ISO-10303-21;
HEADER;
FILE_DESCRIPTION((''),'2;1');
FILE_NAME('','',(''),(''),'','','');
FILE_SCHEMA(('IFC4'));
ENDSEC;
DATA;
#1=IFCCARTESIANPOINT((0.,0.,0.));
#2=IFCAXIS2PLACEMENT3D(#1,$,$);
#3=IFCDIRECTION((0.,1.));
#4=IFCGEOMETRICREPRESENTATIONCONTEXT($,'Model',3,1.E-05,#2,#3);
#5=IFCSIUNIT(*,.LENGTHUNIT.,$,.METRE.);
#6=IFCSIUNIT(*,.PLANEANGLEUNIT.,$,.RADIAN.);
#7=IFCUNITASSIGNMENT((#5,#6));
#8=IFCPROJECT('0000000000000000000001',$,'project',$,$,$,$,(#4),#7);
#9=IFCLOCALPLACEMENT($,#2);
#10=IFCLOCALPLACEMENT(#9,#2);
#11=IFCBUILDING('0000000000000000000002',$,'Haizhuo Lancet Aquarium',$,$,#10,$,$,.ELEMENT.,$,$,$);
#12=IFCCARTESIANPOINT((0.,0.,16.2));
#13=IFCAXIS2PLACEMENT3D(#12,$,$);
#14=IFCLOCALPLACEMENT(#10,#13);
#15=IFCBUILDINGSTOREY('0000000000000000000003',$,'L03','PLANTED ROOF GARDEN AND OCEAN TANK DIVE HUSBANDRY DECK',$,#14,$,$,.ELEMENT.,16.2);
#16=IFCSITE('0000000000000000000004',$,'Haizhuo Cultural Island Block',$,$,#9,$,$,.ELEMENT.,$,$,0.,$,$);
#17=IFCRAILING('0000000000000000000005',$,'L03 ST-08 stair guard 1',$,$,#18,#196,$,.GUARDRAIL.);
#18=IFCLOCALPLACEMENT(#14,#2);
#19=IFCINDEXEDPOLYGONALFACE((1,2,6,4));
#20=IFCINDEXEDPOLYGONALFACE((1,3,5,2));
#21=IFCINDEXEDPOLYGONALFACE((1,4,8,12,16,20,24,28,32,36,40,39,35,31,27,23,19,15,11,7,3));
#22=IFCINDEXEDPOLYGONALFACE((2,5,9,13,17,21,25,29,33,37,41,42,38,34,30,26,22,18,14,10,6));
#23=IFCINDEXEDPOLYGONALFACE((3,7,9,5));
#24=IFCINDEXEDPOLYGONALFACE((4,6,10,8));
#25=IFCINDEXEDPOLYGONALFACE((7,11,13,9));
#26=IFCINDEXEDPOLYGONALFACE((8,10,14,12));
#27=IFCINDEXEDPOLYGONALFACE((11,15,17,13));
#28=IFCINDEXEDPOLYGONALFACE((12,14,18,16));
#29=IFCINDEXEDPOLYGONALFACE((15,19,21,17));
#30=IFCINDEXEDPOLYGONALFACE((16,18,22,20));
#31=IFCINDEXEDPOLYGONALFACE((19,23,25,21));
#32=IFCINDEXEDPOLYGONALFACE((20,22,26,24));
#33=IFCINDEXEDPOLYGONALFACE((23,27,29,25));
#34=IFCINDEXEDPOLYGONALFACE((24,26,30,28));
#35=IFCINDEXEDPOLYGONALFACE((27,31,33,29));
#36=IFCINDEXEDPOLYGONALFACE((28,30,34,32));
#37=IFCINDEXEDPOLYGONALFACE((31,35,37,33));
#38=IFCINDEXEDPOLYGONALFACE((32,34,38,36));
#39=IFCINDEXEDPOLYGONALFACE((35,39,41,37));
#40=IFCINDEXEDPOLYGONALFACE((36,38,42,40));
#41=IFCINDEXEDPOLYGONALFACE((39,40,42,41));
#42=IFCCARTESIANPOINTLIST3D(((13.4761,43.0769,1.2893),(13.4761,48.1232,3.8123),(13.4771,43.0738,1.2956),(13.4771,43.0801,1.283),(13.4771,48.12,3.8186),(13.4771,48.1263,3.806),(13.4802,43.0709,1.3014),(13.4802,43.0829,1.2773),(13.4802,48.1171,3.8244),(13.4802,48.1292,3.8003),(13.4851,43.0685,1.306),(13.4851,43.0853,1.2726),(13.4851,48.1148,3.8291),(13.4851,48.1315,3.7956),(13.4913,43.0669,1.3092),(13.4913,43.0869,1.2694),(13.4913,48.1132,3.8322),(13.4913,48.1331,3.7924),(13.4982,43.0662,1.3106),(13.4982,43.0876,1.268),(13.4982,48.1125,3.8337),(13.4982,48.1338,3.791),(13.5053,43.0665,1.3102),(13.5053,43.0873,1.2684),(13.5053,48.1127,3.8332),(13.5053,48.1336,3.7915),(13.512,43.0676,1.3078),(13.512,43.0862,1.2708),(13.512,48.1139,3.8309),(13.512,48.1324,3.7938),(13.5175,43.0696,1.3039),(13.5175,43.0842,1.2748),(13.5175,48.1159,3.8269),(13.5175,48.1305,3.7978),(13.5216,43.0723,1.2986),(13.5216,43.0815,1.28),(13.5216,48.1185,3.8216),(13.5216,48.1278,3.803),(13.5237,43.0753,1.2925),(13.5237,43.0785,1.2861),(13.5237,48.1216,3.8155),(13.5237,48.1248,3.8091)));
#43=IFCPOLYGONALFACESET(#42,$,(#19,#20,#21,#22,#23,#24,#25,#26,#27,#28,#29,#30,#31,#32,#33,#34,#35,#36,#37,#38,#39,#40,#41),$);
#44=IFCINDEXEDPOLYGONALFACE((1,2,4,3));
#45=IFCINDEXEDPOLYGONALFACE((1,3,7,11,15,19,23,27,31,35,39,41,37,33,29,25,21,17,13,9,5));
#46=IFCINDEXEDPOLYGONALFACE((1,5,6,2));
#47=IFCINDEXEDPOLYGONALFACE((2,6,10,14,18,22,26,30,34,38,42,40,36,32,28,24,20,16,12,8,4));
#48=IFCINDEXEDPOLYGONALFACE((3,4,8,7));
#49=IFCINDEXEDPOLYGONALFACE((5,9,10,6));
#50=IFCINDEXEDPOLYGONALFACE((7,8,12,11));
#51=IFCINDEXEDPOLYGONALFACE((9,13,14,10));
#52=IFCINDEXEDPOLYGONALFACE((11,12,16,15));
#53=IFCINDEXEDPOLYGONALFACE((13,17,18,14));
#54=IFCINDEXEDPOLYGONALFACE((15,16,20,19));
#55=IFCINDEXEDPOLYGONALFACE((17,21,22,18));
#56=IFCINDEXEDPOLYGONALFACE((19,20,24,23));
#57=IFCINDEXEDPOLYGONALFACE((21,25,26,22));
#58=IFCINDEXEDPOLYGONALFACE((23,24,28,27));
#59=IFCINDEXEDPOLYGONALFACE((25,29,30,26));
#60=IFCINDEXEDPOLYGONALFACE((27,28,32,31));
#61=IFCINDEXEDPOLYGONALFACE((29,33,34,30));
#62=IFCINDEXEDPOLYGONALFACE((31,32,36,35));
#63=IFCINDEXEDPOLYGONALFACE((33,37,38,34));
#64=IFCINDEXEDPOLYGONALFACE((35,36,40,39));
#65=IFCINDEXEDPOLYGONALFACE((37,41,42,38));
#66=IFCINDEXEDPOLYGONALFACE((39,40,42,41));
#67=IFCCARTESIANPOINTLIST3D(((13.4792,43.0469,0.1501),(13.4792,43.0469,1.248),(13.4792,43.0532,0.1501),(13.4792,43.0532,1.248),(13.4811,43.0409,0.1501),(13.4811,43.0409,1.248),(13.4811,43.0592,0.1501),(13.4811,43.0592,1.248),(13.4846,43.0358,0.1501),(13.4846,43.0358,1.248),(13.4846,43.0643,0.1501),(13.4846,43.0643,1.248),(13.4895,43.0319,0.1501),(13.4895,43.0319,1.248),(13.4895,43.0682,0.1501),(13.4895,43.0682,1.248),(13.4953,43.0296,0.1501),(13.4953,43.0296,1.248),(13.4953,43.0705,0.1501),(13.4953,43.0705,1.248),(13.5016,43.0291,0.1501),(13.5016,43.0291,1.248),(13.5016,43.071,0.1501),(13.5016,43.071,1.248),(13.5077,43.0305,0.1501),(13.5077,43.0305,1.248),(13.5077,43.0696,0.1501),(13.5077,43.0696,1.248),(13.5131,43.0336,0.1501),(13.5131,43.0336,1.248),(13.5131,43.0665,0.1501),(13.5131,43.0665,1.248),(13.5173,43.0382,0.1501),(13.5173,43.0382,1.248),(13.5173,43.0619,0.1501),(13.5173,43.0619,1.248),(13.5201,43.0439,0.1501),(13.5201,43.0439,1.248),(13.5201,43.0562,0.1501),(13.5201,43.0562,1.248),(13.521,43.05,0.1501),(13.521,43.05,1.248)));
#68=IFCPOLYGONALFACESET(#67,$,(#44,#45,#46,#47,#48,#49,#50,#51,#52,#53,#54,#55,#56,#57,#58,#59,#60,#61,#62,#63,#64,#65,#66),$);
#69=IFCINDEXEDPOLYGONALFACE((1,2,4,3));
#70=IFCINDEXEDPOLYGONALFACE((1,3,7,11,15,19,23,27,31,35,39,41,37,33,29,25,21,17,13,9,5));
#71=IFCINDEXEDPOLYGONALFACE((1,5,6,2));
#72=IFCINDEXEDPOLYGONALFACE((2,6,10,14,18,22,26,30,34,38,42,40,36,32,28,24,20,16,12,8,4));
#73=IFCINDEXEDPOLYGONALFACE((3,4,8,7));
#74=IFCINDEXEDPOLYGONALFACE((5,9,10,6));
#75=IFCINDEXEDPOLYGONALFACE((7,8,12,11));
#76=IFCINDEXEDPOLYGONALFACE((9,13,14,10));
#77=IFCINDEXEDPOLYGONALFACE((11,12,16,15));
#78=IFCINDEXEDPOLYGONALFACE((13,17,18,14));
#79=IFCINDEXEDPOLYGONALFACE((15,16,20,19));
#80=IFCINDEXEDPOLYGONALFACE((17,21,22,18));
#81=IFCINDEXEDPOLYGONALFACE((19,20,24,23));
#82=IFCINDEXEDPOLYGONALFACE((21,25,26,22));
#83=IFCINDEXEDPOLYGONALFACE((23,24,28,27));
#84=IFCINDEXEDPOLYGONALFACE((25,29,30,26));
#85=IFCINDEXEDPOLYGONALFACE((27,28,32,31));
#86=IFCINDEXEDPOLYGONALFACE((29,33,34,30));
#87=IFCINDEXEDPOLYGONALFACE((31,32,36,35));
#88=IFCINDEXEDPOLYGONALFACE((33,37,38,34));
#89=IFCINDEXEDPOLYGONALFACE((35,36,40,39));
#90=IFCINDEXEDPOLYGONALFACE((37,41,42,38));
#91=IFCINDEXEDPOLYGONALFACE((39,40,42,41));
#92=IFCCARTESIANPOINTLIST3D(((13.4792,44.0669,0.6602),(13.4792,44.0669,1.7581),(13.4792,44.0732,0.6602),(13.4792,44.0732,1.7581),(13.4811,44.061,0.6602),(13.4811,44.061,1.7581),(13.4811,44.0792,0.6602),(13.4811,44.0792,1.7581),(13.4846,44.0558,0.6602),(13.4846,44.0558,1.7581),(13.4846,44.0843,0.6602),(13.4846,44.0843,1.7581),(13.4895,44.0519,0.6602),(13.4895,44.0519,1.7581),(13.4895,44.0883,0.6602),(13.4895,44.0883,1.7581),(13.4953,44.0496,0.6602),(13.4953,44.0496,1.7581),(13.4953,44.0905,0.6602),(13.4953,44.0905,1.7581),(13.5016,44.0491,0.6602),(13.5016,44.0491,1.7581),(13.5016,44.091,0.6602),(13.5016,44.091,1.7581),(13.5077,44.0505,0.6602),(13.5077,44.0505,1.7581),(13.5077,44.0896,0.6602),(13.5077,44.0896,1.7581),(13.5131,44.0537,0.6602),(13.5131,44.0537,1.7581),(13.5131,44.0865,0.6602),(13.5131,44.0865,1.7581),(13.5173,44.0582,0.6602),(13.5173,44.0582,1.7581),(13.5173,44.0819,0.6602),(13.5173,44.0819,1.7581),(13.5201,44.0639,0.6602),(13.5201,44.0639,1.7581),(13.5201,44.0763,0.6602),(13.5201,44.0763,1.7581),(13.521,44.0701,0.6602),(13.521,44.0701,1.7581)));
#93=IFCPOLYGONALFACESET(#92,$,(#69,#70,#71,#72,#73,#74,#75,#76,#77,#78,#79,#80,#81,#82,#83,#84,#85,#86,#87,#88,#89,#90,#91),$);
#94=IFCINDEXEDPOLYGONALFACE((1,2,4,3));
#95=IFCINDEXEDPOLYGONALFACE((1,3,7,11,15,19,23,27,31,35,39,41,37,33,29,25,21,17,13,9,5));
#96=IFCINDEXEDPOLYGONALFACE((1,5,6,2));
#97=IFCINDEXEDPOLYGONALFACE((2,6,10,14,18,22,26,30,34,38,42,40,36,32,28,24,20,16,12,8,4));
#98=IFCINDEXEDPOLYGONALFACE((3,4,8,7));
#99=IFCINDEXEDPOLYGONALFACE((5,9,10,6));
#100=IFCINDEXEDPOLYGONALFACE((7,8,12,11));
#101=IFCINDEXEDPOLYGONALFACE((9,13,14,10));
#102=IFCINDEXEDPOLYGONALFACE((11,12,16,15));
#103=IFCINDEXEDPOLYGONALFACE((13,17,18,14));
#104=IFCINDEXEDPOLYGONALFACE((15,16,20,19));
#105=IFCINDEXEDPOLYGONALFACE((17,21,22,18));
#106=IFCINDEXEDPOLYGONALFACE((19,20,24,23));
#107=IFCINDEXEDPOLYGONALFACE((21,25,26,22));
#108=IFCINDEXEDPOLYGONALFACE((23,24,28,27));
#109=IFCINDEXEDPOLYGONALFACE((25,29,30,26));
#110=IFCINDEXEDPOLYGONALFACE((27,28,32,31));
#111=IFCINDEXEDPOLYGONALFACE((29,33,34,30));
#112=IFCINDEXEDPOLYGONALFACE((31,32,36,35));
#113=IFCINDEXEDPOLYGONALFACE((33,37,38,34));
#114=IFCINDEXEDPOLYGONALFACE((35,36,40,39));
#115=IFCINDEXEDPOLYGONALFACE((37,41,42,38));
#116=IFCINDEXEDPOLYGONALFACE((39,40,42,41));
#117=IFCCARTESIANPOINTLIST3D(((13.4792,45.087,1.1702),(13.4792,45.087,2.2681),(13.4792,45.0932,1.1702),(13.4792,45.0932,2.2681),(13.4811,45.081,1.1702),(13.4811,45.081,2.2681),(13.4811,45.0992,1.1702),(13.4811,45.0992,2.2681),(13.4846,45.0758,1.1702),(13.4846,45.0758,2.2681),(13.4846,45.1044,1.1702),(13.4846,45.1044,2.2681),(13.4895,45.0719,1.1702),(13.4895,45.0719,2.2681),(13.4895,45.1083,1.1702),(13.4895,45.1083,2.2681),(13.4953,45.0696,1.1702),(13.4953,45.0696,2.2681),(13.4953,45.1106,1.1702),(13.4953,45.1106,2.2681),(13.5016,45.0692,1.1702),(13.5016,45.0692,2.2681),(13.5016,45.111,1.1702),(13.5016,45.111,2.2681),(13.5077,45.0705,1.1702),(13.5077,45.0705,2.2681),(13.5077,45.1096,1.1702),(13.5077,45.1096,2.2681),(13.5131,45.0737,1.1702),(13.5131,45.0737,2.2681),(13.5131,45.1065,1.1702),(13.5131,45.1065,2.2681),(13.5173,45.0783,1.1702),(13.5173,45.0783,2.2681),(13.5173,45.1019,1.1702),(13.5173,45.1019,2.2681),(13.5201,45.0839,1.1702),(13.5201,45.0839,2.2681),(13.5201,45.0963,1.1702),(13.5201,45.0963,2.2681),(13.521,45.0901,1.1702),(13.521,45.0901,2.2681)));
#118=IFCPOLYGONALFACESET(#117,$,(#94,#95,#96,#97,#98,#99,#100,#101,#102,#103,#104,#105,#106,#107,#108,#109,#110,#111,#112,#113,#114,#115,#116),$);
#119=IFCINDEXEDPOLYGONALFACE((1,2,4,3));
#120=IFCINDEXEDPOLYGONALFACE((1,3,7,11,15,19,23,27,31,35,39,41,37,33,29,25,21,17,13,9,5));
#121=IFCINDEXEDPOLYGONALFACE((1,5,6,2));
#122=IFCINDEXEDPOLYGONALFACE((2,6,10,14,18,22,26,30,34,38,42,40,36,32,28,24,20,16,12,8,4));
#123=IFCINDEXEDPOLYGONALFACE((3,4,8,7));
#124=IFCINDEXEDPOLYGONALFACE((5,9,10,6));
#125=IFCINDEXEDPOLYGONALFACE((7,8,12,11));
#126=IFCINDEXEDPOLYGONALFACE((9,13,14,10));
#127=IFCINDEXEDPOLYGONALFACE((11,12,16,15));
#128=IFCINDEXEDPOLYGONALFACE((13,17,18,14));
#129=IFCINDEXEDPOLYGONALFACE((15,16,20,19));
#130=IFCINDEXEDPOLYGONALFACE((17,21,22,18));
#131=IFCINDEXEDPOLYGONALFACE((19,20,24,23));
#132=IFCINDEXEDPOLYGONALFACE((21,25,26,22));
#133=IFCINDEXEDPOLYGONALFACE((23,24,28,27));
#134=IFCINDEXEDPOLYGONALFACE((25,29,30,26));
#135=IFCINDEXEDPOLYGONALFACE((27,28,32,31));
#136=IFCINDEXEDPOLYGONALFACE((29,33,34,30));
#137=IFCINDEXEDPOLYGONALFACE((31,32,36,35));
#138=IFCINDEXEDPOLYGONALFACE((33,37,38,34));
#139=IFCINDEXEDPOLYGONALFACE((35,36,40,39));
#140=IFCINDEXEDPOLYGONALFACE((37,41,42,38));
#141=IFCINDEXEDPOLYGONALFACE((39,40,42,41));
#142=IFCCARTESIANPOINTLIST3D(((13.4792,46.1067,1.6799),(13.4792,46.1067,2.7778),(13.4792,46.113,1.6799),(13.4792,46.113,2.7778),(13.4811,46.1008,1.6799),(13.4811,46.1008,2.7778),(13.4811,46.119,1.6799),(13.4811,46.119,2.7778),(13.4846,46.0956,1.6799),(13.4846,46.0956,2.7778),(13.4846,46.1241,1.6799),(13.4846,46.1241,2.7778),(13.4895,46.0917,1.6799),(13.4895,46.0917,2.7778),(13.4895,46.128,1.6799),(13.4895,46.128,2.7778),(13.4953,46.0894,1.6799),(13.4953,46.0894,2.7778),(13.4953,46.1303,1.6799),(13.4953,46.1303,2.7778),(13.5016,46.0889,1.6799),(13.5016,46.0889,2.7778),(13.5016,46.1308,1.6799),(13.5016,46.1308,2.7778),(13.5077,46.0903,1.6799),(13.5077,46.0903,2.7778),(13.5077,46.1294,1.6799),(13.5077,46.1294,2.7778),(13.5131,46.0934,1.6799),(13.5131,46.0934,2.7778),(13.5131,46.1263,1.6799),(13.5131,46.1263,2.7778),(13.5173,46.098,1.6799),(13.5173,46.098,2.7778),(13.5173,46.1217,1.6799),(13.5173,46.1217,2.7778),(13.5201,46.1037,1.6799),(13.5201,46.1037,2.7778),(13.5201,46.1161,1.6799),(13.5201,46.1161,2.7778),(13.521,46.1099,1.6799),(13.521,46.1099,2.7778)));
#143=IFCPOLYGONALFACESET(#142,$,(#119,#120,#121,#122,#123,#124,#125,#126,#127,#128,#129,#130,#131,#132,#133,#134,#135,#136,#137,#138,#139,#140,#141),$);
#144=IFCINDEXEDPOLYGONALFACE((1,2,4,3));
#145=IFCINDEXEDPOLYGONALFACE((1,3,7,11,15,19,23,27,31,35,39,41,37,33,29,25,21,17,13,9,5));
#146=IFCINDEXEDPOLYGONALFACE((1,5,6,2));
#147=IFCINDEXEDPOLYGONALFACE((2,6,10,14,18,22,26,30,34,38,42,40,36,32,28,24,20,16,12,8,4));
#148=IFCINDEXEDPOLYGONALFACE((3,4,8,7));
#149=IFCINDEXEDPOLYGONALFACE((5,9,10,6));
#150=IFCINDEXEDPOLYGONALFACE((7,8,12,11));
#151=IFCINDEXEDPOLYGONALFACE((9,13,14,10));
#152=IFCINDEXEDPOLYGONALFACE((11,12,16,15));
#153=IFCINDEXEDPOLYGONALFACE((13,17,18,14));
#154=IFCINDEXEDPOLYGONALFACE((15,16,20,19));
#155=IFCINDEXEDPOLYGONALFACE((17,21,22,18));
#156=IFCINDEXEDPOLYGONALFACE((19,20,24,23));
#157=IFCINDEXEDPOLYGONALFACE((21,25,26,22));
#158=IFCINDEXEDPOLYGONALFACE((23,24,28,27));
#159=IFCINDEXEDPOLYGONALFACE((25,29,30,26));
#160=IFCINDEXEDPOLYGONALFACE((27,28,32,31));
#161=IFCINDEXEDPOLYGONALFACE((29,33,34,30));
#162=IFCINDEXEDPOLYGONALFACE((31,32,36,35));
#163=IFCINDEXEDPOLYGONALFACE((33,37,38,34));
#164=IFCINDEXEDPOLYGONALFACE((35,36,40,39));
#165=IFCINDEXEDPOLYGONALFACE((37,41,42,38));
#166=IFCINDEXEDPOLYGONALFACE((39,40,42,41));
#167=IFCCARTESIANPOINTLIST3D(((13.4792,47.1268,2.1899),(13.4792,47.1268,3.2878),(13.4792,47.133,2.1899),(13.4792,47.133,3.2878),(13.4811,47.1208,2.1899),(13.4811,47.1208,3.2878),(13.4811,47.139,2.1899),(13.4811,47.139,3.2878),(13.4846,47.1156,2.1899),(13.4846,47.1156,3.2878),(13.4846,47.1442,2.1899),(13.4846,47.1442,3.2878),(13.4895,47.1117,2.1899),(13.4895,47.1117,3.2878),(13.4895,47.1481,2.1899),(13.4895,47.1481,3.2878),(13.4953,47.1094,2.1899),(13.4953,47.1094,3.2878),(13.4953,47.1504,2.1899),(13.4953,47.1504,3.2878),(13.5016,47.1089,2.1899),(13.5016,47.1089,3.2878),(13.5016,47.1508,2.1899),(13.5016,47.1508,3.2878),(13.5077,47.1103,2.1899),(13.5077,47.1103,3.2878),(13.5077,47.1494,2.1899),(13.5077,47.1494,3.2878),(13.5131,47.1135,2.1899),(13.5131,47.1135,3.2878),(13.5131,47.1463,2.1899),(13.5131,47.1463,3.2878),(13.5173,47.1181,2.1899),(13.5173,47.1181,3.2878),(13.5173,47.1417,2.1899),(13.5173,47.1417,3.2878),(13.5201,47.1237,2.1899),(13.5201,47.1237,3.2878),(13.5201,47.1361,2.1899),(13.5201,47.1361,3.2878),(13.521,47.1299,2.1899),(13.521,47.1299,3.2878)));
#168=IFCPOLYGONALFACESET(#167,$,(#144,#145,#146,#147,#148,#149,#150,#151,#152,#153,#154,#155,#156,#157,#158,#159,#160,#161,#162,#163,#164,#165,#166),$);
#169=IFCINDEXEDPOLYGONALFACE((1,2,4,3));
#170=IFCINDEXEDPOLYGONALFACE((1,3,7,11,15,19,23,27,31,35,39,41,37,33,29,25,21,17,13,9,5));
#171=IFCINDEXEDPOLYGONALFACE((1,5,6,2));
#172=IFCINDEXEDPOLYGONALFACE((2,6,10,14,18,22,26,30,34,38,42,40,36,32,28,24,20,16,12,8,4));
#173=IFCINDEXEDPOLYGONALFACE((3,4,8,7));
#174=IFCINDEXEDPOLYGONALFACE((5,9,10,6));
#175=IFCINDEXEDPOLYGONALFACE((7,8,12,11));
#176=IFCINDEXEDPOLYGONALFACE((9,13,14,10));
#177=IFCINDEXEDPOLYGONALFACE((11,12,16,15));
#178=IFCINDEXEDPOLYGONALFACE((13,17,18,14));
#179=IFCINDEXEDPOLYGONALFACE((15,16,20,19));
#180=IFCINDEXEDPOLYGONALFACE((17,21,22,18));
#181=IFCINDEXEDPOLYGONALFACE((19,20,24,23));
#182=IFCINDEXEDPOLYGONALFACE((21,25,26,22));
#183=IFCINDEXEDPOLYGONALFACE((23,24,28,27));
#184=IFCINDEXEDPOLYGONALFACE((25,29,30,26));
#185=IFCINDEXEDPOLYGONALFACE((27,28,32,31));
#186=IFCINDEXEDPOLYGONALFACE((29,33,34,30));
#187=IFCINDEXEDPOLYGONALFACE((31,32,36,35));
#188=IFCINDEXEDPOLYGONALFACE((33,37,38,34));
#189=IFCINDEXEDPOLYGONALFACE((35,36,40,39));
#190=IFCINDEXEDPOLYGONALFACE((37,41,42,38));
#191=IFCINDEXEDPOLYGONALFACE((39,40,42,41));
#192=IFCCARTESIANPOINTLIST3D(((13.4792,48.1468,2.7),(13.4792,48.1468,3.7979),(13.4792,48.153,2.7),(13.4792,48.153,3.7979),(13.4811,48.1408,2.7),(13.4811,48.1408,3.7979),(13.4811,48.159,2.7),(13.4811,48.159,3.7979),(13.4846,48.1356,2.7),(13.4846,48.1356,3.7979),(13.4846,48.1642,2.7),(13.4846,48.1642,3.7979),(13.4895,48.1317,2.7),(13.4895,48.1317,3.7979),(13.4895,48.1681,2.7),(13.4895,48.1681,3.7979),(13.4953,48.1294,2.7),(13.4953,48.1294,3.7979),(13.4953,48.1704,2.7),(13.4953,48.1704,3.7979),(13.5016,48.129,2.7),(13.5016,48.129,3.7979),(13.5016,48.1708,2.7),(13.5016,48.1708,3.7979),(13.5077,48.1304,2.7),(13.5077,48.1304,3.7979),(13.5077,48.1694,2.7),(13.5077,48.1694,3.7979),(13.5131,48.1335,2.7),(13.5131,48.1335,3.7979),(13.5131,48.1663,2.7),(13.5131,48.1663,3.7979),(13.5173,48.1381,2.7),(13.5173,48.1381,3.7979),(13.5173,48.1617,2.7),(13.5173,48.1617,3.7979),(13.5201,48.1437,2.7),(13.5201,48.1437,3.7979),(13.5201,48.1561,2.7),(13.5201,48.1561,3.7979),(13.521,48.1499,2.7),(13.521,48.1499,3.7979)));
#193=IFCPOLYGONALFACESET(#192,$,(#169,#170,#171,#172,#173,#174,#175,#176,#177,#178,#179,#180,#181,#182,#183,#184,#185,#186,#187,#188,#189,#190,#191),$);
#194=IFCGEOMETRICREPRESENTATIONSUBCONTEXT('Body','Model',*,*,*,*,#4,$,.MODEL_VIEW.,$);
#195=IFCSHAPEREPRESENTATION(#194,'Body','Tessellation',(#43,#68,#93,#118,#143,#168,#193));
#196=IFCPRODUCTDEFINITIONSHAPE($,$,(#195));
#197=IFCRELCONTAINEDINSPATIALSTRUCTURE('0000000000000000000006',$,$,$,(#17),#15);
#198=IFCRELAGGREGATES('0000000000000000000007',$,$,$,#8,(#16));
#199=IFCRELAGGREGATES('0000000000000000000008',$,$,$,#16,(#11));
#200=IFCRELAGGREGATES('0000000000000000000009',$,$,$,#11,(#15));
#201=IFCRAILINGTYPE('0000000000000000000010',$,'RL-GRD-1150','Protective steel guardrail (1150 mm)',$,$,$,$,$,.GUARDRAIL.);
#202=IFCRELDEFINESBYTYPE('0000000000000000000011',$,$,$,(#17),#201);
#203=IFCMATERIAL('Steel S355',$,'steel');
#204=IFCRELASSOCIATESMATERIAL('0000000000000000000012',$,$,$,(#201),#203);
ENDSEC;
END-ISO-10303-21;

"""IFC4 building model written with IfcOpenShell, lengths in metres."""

from ifc_helpers import new_model, si_unit, direction, frame, origin, origin_2d, place, context, subcontext, project, spatial, circle, extrude, material, type_object, element, save


model = new_model("IFC4")

# Units and contexts
model_context = context("Model", 3, precision=1e-05, world=origin(), true_north=direction((0.0, 1.0)))
body_context = subcontext(model_context, "Body", "Model", "MODEL_VIEW")
ifc_project = project(units=[si_unit("LENGTHUNIT", "METRE"), si_unit("PLANEANGLEUNIT", "RADIAN")], contexts=[model_context])

# Site, building, storey
site_placement = place(None, origin())
site = spatial("IfcSite", under=ifc_project, at=site_placement, Name="Haizhuo Cultural Island Block", CompositionType="ELEMENT", RefElevation=0.0)
building_placement = place(site_placement, origin())
building = spatial("IfcBuilding", under=site, at=building_placement, Name="Haizhuo Lancet Aquarium", CompositionType="ELEMENT")
storey_placement = place(building_placement, frame((0.0, 0.0, 16.2)))
storey = spatial("IfcBuildingStorey", under=building, at=storey_placement, Name="L03", Description="PLANTED ROOF GARDEN AND OCEAN TANK DIVE HUSBANDRY DECK", CompositionType="ELEMENT", Elevation=16.2)

# Shared definitions
ifc_material_1 = material(Name="Steel S355", Category="steel")

# Railing
railing_type_1 = type_object("IfcRailingType", Name="RL-GRD-1150", Description="Protective steel guardrail (1150 mm)", PredefinedType="GUARDRAIL", material=ifc_material_1)
railing_1_placement = place(storey_placement, frame((13.5, 43.05, 0.1501)))
element("IfcRailing", 1, at=railing_1_placement, inside=storey, type_object=railing_type_1, Name="L03 ST-08 stair guard 1", PredefinedType="GUARDRAIL", context=body_context, shape_type="SweptSolid", body=[
    extrude(circle(Radius=0.0239, at=origin_2d()), frame((0.0, 0.0269, 1.1392), z_axis=(0.0, 0.894436, 0.447196), x_axis=(-1.0, 0.0, 0.0)), (0.0, 0.0, 1.0), 5.6418),
    extrude(circle(Radius=0.021, at=origin_2d()), origin(), (0.0, 0.0, 1.0), 1.0979),
    extrude(circle(Radius=0.021, at=origin_2d()), frame((0.0, 1.02, 0.51)), (0.0, 0.0, 1.0), 1.0979),
    extrude(circle(Radius=0.021, at=origin_2d()), frame((0.0, 2.04, 1.02)), (0.0, 0.0, 1.0), 1.0979),
    extrude(circle(Radius=0.021, at=origin_2d()), frame((0.0, 3.0598, 1.5298)), (0.0, 0.0, 1.0), 1.0979),
    extrude(circle(Radius=0.021, at=origin_2d()), frame((0.0, 4.0798, 2.0398)), (0.0, 0.0, 1.0), 1.0979),
    extrude(circle(Radius=0.021, at=origin_2d()), frame((0.0, 5.0999, 2.5498)), (0.0, 0.0, 1.0), 1.0979),
])

save(model, "model.ifc")
